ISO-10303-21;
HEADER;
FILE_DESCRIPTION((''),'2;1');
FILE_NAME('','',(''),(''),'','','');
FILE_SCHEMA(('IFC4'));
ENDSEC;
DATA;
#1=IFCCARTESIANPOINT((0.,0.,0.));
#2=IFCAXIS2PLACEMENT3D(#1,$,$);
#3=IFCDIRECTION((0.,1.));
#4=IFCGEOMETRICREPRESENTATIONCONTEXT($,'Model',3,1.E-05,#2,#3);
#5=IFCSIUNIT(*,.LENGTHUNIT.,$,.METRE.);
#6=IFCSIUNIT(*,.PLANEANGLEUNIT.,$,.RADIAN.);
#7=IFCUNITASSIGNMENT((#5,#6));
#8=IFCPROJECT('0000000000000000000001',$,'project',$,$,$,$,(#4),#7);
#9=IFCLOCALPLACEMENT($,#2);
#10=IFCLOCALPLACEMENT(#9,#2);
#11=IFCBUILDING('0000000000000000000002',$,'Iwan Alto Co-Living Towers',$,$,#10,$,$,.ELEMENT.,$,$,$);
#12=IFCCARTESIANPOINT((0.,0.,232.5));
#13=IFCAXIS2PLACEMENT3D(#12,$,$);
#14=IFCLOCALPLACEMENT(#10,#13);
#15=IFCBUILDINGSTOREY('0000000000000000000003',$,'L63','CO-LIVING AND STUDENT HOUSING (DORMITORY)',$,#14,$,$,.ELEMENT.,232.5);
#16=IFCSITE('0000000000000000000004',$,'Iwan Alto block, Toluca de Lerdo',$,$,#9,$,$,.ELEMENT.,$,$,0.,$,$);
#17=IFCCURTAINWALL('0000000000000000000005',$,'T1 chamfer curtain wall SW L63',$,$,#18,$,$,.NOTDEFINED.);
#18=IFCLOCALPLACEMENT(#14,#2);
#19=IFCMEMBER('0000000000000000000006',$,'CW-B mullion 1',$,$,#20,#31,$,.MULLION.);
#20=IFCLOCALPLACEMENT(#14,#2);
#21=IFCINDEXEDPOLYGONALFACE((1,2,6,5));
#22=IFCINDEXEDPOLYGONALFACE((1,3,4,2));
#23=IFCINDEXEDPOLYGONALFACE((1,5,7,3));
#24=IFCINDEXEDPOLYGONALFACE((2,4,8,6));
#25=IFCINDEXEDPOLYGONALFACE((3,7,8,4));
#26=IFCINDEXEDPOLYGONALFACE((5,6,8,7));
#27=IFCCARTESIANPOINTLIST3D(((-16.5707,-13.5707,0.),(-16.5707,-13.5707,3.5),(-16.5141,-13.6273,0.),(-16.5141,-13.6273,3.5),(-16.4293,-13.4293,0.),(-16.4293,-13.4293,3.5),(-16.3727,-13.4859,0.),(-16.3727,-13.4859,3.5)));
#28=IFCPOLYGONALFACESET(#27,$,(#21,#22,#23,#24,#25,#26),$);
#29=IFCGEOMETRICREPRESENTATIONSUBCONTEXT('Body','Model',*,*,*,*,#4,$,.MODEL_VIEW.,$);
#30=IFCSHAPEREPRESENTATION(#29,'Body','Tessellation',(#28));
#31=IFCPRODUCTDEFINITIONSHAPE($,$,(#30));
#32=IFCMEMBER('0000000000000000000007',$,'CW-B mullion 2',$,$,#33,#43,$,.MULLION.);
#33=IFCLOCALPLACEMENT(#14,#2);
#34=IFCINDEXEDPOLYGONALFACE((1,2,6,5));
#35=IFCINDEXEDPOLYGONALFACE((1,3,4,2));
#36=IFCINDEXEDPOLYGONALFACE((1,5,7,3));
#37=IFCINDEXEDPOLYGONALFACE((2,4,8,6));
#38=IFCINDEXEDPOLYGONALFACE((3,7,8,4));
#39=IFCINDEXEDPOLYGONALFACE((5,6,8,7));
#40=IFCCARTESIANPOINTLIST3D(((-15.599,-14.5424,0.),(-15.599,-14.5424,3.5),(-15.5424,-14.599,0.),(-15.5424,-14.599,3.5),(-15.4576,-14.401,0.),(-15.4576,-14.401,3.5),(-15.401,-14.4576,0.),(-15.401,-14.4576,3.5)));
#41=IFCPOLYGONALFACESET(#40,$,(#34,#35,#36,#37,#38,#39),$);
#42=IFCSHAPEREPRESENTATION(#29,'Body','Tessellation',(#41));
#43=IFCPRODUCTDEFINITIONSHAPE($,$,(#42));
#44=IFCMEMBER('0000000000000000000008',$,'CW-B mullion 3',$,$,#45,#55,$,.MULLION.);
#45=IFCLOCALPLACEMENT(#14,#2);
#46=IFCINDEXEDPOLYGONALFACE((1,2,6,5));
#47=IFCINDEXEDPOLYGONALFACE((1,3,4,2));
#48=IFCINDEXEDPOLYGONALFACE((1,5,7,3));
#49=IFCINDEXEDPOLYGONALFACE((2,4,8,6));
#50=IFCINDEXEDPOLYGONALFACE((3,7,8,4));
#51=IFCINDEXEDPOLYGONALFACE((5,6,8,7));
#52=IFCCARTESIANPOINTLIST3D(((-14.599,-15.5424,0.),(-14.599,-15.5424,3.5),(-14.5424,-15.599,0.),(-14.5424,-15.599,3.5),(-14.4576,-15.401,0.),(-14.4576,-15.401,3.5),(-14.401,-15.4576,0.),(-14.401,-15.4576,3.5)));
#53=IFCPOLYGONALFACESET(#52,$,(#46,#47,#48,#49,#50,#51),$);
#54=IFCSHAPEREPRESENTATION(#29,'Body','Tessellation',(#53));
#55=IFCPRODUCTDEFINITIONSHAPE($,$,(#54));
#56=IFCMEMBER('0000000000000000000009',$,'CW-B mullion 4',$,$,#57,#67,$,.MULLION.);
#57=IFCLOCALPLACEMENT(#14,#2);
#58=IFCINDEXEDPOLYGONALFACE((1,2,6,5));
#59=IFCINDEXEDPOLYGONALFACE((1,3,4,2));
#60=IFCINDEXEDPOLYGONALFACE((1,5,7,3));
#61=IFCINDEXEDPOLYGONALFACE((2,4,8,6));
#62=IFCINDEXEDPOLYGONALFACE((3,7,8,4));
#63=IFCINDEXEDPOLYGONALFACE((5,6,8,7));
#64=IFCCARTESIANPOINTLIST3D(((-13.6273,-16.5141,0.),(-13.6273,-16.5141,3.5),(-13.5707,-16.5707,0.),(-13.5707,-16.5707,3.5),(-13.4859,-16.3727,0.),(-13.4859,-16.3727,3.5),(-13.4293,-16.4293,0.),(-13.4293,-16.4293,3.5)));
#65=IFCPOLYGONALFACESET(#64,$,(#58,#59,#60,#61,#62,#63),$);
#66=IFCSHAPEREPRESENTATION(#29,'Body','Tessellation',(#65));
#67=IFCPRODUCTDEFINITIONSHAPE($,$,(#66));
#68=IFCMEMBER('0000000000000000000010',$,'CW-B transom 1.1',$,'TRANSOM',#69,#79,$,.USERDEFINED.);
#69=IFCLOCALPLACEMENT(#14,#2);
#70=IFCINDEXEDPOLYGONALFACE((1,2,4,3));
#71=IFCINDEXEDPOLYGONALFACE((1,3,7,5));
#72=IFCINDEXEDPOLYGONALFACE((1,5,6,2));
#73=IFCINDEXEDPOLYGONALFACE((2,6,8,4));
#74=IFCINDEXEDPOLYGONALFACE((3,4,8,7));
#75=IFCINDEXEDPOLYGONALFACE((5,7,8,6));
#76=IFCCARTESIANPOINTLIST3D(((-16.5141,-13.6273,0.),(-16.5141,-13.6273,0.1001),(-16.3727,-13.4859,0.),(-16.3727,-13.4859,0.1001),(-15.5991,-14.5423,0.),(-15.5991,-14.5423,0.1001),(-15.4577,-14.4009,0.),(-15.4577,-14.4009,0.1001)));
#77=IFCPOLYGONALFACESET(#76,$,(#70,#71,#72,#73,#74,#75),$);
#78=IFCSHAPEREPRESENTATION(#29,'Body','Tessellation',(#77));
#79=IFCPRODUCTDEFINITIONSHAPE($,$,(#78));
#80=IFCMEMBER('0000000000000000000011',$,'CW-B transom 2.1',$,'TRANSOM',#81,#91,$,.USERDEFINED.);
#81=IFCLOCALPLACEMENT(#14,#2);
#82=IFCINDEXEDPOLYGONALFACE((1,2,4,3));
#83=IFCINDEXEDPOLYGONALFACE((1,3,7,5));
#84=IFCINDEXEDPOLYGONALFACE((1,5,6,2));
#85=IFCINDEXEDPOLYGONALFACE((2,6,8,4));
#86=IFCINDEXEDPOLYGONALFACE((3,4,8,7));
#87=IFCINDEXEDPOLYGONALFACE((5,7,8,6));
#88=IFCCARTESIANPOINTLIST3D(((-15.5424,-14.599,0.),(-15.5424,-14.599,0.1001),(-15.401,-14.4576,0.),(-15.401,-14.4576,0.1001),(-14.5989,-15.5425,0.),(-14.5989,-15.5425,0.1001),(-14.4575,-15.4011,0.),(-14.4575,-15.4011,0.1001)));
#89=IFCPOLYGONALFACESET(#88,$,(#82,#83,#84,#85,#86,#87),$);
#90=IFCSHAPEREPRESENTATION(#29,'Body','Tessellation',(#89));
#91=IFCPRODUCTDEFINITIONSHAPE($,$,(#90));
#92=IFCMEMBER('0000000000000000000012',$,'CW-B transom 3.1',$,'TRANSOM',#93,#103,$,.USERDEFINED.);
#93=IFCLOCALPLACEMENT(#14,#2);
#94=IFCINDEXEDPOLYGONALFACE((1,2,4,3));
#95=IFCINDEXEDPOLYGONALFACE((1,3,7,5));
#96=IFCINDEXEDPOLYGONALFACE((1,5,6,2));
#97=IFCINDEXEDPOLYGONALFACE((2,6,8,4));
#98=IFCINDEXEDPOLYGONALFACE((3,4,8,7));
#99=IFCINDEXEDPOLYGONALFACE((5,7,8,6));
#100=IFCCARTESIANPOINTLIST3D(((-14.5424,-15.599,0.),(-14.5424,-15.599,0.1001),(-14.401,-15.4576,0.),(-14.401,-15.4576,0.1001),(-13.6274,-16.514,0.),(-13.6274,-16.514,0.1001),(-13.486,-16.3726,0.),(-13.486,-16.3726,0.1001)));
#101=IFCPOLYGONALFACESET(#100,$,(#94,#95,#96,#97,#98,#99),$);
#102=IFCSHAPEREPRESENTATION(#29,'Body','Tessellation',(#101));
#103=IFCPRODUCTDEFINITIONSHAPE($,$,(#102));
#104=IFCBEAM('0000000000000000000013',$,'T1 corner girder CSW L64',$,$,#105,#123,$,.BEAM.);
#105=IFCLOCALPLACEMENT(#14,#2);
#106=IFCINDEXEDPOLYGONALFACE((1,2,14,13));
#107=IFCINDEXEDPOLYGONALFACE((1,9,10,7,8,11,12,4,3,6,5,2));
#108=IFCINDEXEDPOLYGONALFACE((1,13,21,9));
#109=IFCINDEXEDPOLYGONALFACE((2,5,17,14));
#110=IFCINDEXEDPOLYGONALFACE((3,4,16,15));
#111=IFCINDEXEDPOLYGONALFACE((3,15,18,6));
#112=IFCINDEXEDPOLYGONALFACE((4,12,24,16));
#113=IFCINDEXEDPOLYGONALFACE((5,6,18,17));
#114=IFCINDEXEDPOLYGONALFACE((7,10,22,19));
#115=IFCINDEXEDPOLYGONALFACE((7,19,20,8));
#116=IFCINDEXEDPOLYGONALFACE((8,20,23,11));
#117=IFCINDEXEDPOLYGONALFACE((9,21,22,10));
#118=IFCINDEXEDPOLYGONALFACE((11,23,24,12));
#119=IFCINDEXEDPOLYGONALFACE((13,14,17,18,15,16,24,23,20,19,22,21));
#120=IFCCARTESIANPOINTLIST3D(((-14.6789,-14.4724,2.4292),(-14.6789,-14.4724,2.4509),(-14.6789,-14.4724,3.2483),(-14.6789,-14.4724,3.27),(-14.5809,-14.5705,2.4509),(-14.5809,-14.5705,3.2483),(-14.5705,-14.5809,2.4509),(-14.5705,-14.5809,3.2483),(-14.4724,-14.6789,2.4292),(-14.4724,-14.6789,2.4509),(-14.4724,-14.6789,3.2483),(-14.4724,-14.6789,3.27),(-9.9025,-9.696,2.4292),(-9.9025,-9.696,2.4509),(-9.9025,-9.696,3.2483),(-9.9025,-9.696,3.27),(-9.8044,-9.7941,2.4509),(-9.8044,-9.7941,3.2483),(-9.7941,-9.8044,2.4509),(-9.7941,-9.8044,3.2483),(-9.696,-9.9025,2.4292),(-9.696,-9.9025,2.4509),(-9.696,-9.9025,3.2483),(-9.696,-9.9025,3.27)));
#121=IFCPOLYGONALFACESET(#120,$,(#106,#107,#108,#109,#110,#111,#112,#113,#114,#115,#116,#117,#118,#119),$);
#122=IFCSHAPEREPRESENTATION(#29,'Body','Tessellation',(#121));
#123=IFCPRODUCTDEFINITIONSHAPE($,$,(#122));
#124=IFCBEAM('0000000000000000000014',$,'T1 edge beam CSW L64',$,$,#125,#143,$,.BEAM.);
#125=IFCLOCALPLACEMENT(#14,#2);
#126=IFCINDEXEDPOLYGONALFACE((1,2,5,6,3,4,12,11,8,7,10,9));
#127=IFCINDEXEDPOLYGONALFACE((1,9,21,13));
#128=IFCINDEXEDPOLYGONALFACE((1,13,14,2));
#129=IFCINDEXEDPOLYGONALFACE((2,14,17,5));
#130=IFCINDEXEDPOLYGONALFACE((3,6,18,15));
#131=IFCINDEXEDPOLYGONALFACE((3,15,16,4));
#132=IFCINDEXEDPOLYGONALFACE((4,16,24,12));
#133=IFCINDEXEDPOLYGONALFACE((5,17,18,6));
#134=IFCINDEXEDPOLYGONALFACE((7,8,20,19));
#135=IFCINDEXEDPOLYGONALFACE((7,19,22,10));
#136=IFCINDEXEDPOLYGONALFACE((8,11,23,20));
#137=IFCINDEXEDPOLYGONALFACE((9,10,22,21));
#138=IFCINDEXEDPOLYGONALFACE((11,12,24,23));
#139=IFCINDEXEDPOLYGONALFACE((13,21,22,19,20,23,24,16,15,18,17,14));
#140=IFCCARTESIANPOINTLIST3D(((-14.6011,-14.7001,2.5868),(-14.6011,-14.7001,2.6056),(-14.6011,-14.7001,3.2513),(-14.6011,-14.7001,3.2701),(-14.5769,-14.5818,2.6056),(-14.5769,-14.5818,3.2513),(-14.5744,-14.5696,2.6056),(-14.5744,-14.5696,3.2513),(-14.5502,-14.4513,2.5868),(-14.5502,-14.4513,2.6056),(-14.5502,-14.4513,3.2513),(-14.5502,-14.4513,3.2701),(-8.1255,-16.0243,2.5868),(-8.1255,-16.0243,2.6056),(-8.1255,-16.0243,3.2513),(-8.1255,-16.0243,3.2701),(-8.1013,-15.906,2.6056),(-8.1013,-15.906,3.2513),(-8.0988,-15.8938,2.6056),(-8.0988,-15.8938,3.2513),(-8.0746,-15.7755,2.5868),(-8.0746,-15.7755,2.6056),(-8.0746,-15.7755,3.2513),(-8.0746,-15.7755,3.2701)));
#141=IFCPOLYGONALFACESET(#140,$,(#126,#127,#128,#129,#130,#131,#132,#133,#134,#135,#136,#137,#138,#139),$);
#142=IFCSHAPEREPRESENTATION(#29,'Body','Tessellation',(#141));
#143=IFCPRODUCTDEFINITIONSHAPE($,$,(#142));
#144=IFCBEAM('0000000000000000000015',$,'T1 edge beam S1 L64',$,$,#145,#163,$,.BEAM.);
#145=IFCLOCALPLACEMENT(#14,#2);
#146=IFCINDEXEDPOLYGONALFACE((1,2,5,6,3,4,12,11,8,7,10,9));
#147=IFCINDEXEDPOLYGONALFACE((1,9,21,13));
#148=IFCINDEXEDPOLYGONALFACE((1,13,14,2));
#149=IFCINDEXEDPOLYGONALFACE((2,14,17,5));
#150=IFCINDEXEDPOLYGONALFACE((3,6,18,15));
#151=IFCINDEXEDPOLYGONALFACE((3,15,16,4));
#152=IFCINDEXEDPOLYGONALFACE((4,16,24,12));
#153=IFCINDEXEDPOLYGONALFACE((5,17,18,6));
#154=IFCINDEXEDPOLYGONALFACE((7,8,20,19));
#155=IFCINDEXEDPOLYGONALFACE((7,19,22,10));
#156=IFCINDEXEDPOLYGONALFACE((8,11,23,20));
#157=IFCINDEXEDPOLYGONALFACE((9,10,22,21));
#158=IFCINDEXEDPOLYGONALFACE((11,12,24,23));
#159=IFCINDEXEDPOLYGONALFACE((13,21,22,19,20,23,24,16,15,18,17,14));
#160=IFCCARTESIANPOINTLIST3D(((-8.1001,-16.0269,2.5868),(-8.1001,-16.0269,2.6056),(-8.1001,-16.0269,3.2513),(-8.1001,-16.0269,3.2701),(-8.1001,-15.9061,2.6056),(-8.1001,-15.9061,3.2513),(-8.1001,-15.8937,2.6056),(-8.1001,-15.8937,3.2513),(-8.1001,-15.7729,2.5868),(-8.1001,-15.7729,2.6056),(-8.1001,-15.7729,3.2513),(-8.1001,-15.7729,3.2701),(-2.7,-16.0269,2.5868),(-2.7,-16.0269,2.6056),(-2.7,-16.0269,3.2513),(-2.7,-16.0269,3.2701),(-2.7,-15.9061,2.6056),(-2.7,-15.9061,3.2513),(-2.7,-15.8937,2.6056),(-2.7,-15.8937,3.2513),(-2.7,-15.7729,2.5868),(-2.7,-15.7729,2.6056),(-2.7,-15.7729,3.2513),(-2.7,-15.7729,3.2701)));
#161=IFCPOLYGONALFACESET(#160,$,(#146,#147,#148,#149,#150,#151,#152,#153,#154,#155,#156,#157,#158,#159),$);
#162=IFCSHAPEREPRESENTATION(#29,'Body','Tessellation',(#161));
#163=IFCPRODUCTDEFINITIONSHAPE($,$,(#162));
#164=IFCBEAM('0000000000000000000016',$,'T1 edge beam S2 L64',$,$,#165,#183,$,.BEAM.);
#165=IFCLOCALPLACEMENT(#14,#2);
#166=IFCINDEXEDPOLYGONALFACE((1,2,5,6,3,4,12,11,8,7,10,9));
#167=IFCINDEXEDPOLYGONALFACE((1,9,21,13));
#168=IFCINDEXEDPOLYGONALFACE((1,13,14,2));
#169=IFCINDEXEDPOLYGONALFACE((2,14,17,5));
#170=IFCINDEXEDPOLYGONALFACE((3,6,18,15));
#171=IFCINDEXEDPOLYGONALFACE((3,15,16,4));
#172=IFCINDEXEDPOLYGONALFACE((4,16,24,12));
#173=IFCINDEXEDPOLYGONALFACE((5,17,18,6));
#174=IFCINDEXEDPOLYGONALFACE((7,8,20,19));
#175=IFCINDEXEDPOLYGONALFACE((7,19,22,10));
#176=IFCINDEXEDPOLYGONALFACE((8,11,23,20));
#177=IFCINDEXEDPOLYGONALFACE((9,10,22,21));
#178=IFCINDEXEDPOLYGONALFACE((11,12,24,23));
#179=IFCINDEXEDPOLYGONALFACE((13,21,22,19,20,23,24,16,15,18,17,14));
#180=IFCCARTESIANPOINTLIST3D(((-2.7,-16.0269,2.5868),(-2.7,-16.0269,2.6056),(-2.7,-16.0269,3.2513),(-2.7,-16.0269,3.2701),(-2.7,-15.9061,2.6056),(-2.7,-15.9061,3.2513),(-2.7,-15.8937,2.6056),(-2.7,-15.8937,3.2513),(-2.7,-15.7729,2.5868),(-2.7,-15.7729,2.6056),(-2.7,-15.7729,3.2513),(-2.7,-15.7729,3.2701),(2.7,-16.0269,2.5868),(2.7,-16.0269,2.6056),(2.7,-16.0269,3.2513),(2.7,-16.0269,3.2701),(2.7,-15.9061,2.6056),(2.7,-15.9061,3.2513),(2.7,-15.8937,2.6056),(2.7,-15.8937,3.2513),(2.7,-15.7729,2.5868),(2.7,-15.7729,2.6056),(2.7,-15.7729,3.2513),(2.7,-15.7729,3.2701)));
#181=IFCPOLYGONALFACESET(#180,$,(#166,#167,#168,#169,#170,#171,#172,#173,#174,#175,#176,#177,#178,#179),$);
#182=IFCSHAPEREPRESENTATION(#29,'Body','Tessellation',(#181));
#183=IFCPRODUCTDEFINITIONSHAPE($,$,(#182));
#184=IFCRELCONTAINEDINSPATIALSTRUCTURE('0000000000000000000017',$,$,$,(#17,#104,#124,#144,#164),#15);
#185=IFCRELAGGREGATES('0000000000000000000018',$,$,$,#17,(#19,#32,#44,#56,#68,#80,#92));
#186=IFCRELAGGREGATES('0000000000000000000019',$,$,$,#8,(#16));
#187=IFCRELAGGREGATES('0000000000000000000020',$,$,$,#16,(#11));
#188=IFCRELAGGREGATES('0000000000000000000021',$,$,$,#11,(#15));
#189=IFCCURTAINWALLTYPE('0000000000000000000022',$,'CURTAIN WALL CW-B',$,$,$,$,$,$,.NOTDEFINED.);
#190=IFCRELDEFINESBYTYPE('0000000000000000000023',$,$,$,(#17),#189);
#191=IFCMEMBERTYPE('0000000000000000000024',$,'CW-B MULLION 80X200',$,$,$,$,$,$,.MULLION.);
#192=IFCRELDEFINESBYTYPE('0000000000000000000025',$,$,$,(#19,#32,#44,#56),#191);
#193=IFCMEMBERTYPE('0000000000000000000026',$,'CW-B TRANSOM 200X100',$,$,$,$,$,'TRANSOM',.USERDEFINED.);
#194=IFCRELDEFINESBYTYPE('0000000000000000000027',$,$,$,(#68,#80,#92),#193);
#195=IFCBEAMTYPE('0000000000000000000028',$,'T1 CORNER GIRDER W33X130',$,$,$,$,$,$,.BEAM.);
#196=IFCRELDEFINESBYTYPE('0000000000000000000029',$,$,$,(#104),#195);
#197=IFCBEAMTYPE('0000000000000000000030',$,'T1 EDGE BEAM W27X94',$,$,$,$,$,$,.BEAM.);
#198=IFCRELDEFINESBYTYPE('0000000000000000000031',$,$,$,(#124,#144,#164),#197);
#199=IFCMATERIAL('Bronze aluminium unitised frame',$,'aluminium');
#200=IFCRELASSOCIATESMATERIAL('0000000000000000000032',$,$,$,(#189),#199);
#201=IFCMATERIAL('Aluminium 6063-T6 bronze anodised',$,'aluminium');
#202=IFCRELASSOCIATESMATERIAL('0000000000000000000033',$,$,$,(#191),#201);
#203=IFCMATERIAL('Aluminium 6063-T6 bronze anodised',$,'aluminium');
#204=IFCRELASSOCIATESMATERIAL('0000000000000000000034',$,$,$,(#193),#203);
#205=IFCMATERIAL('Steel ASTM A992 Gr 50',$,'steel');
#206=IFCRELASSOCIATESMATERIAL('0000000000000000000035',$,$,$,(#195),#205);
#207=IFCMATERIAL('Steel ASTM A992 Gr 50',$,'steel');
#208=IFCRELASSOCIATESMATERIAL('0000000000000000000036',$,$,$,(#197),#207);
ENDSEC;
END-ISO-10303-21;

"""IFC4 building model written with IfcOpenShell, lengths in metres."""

from ifc_helpers import new_model, si_unit, direction, frame, origin, origin_2d, place, context, subcontext, project, spatial, rectangle, i_section, extrude, material, material_profile, profile_set, type_object, element, aggregate, save


model = new_model("IFC4")

# Units and contexts
model_context = context("Model", 3, precision=1e-05, world=origin(), true_north=direction((0.0, 1.0)))
body_context = subcontext(model_context, "Body", "Model", "MODEL_VIEW")
ifc_project = project(units=[si_unit("LENGTHUNIT", "METRE"), si_unit("PLANEANGLEUNIT", "RADIAN")], contexts=[model_context])

# Site, building, storey
site_placement = place(None, origin())
site = spatial("IfcSite", under=ifc_project, at=site_placement, Name="Iwan Alto block, Toluca de Lerdo", CompositionType="ELEMENT", RefElevation=0.0)
building_placement = place(site_placement, origin())
building = spatial("IfcBuilding", under=site, at=building_placement, Name="Iwan Alto Co-Living Towers", CompositionType="ELEMENT")
storey_placement = place(building_placement, frame((0.0, 0.0, 232.5)))
storey = spatial("IfcBuildingStorey", under=building, at=storey_placement, Name="L63", Description="CO-LIVING AND STUDENT HOUSING (DORMITORY)", CompositionType="ELEMENT", Elevation=232.5)

# Curtain wall, members
ifc_material_1 = material(Name="Bronze aluminium unitised frame", Category="aluminium")
curtain_wall_type_1 = type_object("IfcCurtainWallType", Name="CURTAIN WALL CW-B", PredefinedType="NOTDEFINED", material=ifc_material_1)
curtain_wall_1_placement = place(storey_placement, origin())
curtain_wall_1 = element("IfcCurtainWall", 1, at=curtain_wall_1_placement, inside=storey, type_object=curtain_wall_type_1, Name="T1 chamfer curtain wall SW L63", PredefinedType="NOTDEFINED")
ifc_material_2 = material(Name="Aluminium 6063-T6 bronze anodised", Category="aluminium")
ifc_material_profile_1 = material_profile(ifc_material_2, rectangle(XDim=0.2, YDim=0.0801, at=origin_2d()), Name="AL 80X200")
ifc_profile_set_1 = profile_set([ifc_material_profile_1], Name="Aluminium 6063-T6 bronze anodised")
member_type_1 = type_object("IfcMemberType", Name="CW-B MULLION 80X200", PredefinedType="MULLION", material=ifc_profile_set_1)
member_1_placement = place(storey_placement, frame((-16.4717, -13.5283, 0.0), z_axis=(0.0, 0.0, 1.0), x_axis=(0.707107, 0.707107, 0.0)))
member_1 = element("IfcMember", 2, at=member_1_placement, type_object=member_type_1, Name="CW-B mullion 1", PredefinedType="MULLION", context=body_context, shape_type="SweptSolid", body=[
    extrude(rectangle(XDim=0.2, YDim=0.0801, at=origin_2d()), origin(), (0.0, 0.0, 1.0), 3.5),
])
member_2_placement = place(storey_placement, frame((-15.5, -14.5, 0.0), z_axis=(0.0, 0.0, 1.0), x_axis=(0.707107, 0.707107, 0.0)))
member_2 = element("IfcMember", 3, at=member_2_placement, type_object=member_type_1, Name="CW-B mullion 2", PredefinedType="MULLION", context=body_context, shape_type="SweptSolid", body=[
    extrude(rectangle(XDim=0.2, YDim=0.0801, at=origin_2d()), origin(), (0.0, 0.0, 1.0), 3.5),
])
member_3_placement = place(storey_placement, frame((-14.5, -15.5, 0.0), z_axis=(0.0, 0.0, 1.0), x_axis=(0.707107, 0.707107, 0.0)))
member_3 = element("IfcMember", 4, at=member_3_placement, type_object=member_type_1, Name="CW-B mullion 3", PredefinedType="MULLION", context=body_context, shape_type="SweptSolid", body=[
    extrude(rectangle(XDim=0.2, YDim=0.0801, at=origin_2d()), origin(), (0.0, 0.0, 1.0), 3.5),
])
member_4_placement = place(storey_placement, frame((-13.5283, -16.4717, 0.0), z_axis=(0.0, 0.0, 1.0), x_axis=(0.707107, 0.707107, 0.0)))
member_4 = element("IfcMember", 5, at=member_4_placement, type_object=member_type_1, Name="CW-B mullion 4", PredefinedType="MULLION", context=body_context, shape_type="SweptSolid", body=[
    extrude(rectangle(XDim=0.2, YDim=0.0801, at=origin_2d()), origin(), (0.0, 0.0, 1.0), 3.5),
])
ifc_material_3 = material(Name="Aluminium 6063-T6 bronze anodised", Category="aluminium")
ifc_material_profile_2 = material_profile(ifc_material_3, rectangle(XDim=0.2, YDim=0.1001, at=origin_2d()), Name="AL 200X100")
ifc_profile_set_2 = profile_set([ifc_material_profile_2], Name="Aluminium 6063-T6 bronze anodised")
member_type_2 = type_object("IfcMemberType", Name="CW-B TRANSOM 200X100", ElementType="TRANSOM", PredefinedType="USERDEFINED", material=ifc_profile_set_2)
member_5_placement = place(storey_placement, frame((-16.4434, -13.5566, 0.05), z_axis=(0.707107, -0.707107, 0.0), x_axis=(0.707107, 0.707107, 0.0)))
member_5 = element("IfcMember", 6, at=member_5_placement, type_object=member_type_2, Name="CW-B transom 1.1", ObjectType="TRANSOM", PredefinedType="USERDEFINED", context=body_context, shape_type="SweptSolid", body=[
    extrude(rectangle(XDim=0.2, YDim=0.1001, at=origin_2d()), origin(), (0.0, 0.0, 1.0), 1.2939),
])
member_6_placement = place(storey_placement, frame((-15.4717, -14.5283, 0.05), z_axis=(0.707107, -0.707107, 0.0), x_axis=(0.707107, 0.707107, 0.0)))
member_6 = element("IfcMember", 7, at=member_6_placement, type_object=member_type_2, Name="CW-B transom 2.1", ObjectType="TRANSOM", PredefinedType="USERDEFINED", context=body_context, shape_type="SweptSolid", body=[
    extrude(rectangle(XDim=0.2, YDim=0.1001, at=origin_2d()), origin(), (0.0, 0.0, 1.0), 1.3342),
])
member_7_placement = place(storey_placement, frame((-14.4717, -15.5283, 0.05), z_axis=(0.707107, -0.707107, 0.0), x_axis=(0.707107, 0.707107, 0.0)))
member_7 = element("IfcMember", 8, at=member_7_placement, type_object=member_type_2, Name="CW-B transom 3.1", ObjectType="TRANSOM", PredefinedType="USERDEFINED", context=body_context, shape_type="SweptSolid", body=[
    extrude(rectangle(XDim=0.2, YDim=0.1001, at=origin_2d()), origin(), (0.0, 0.0, 1.0), 1.2939),
])

# Beams
ifc_material_4 = material(Name="Steel ASTM A992 Gr 50", Category="steel")
ifc_material_profile_3 = material_profile(ifc_material_4, i_section(OverallWidth=0.292, OverallDepth=0.8408, WebThickness=0.0146, FlangeThickness=0.0217, at=origin_2d()), Name="W33X130")
ifc_profile_set_3 = profile_set([ifc_material_profile_3], Name="Steel ASTM A992 Gr 50")
beam_type_1 = type_object("IfcBeamType", Name="T1 CORNER GIRDER W33X130", PredefinedType="BEAM", material=ifc_profile_set_3)
beam_1_placement = place(storey_placement, frame((-14.5757, -14.5757, 2.8496), z_axis=(0.707107, 0.707107, 0.0), x_axis=(-0.707107, 0.707107, 0.0)))
element("IfcBeam", 9, at=beam_1_placement, inside=storey, type_object=beam_type_1, Name="T1 corner girder CSW L64", PredefinedType="BEAM", context=body_context, shape_type="SweptSolid", body=[
    extrude(i_section(OverallWidth=0.292, OverallDepth=0.8408, WebThickness=0.0146, FlangeThickness=0.0217, at=origin_2d()), origin(), (0.0, 0.0, 1.0), 6.7549),
])
ifc_material_5 = material(Name="Steel ASTM A992 Gr 50", Category="steel")
ifc_material_profile_4 = material_profile(ifc_material_5, i_section(OverallWidth=0.2539, OverallDepth=0.6833, WebThickness=0.0125, FlangeThickness=0.0188, at=origin_2d()), Name="W27X94")
ifc_profile_set_4 = profile_set([ifc_material_profile_4], Name="Steel ASTM A992 Gr 50")
beam_type_2 = type_object("IfcBeamType", Name="T1 EDGE BEAM W27X94", PredefinedType="BEAM", material=ifc_profile_set_4)
beam_2_placement = place(storey_placement, frame((-14.5757, -14.5757, 2.9285), z_axis=(0.979725, -0.200348, 0.0), x_axis=(0.200348, 0.979725, 0.0)))
element("IfcBeam", 10, at=beam_2_placement, inside=storey, type_object=beam_type_2, Name="T1 edge beam CSW L64", PredefinedType="BEAM", context=body_context, shape_type="SweptSolid", body=[
    extrude(i_section(OverallWidth=0.2539, OverallDepth=0.6833, WebThickness=0.0125, FlangeThickness=0.0188, at=origin_2d()), origin(), (0.0, 0.0, 1.0), 6.6096),
])
beam_3_placement = place(storey_placement, frame((-8.1001, -15.8999, 2.9285), z_axis=(1.0, 0.0, 0.0), x_axis=(0.0, 1.0, 0.0)))
element("IfcBeam", 11, at=beam_3_placement, inside=storey, type_object=beam_type_2, Name="T1 edge beam S1 L64", PredefinedType="BEAM", context=body_context, shape_type="SweptSolid", body=[
    extrude(i_section(OverallWidth=0.2539, OverallDepth=0.6833, WebThickness=0.0125, FlangeThickness=0.0188, at=origin_2d()), origin(), (0.0, 0.0, 1.0), 5.4001),
])
beam_4_placement = place(storey_placement, frame((-2.7, -15.8999, 2.9285), z_axis=(1.0, 0.0, 0.0), x_axis=(0.0, 1.0, 0.0)))
element("IfcBeam", 12, at=beam_4_placement, inside=storey, type_object=beam_type_2, Name="T1 edge beam S2 L64", PredefinedType="BEAM", context=body_context, shape_type="SweptSolid", body=[
    extrude(i_section(OverallWidth=0.2539, OverallDepth=0.6833, WebThickness=0.0125, FlangeThickness=0.0188, at=origin_2d()), origin(), (0.0, 0.0, 1.0), 5.3999),
])

aggregate(curtain_wall_1, [member_1, member_2, member_3, member_4, member_5, member_6, member_7])

save(model, "model.ifc")
